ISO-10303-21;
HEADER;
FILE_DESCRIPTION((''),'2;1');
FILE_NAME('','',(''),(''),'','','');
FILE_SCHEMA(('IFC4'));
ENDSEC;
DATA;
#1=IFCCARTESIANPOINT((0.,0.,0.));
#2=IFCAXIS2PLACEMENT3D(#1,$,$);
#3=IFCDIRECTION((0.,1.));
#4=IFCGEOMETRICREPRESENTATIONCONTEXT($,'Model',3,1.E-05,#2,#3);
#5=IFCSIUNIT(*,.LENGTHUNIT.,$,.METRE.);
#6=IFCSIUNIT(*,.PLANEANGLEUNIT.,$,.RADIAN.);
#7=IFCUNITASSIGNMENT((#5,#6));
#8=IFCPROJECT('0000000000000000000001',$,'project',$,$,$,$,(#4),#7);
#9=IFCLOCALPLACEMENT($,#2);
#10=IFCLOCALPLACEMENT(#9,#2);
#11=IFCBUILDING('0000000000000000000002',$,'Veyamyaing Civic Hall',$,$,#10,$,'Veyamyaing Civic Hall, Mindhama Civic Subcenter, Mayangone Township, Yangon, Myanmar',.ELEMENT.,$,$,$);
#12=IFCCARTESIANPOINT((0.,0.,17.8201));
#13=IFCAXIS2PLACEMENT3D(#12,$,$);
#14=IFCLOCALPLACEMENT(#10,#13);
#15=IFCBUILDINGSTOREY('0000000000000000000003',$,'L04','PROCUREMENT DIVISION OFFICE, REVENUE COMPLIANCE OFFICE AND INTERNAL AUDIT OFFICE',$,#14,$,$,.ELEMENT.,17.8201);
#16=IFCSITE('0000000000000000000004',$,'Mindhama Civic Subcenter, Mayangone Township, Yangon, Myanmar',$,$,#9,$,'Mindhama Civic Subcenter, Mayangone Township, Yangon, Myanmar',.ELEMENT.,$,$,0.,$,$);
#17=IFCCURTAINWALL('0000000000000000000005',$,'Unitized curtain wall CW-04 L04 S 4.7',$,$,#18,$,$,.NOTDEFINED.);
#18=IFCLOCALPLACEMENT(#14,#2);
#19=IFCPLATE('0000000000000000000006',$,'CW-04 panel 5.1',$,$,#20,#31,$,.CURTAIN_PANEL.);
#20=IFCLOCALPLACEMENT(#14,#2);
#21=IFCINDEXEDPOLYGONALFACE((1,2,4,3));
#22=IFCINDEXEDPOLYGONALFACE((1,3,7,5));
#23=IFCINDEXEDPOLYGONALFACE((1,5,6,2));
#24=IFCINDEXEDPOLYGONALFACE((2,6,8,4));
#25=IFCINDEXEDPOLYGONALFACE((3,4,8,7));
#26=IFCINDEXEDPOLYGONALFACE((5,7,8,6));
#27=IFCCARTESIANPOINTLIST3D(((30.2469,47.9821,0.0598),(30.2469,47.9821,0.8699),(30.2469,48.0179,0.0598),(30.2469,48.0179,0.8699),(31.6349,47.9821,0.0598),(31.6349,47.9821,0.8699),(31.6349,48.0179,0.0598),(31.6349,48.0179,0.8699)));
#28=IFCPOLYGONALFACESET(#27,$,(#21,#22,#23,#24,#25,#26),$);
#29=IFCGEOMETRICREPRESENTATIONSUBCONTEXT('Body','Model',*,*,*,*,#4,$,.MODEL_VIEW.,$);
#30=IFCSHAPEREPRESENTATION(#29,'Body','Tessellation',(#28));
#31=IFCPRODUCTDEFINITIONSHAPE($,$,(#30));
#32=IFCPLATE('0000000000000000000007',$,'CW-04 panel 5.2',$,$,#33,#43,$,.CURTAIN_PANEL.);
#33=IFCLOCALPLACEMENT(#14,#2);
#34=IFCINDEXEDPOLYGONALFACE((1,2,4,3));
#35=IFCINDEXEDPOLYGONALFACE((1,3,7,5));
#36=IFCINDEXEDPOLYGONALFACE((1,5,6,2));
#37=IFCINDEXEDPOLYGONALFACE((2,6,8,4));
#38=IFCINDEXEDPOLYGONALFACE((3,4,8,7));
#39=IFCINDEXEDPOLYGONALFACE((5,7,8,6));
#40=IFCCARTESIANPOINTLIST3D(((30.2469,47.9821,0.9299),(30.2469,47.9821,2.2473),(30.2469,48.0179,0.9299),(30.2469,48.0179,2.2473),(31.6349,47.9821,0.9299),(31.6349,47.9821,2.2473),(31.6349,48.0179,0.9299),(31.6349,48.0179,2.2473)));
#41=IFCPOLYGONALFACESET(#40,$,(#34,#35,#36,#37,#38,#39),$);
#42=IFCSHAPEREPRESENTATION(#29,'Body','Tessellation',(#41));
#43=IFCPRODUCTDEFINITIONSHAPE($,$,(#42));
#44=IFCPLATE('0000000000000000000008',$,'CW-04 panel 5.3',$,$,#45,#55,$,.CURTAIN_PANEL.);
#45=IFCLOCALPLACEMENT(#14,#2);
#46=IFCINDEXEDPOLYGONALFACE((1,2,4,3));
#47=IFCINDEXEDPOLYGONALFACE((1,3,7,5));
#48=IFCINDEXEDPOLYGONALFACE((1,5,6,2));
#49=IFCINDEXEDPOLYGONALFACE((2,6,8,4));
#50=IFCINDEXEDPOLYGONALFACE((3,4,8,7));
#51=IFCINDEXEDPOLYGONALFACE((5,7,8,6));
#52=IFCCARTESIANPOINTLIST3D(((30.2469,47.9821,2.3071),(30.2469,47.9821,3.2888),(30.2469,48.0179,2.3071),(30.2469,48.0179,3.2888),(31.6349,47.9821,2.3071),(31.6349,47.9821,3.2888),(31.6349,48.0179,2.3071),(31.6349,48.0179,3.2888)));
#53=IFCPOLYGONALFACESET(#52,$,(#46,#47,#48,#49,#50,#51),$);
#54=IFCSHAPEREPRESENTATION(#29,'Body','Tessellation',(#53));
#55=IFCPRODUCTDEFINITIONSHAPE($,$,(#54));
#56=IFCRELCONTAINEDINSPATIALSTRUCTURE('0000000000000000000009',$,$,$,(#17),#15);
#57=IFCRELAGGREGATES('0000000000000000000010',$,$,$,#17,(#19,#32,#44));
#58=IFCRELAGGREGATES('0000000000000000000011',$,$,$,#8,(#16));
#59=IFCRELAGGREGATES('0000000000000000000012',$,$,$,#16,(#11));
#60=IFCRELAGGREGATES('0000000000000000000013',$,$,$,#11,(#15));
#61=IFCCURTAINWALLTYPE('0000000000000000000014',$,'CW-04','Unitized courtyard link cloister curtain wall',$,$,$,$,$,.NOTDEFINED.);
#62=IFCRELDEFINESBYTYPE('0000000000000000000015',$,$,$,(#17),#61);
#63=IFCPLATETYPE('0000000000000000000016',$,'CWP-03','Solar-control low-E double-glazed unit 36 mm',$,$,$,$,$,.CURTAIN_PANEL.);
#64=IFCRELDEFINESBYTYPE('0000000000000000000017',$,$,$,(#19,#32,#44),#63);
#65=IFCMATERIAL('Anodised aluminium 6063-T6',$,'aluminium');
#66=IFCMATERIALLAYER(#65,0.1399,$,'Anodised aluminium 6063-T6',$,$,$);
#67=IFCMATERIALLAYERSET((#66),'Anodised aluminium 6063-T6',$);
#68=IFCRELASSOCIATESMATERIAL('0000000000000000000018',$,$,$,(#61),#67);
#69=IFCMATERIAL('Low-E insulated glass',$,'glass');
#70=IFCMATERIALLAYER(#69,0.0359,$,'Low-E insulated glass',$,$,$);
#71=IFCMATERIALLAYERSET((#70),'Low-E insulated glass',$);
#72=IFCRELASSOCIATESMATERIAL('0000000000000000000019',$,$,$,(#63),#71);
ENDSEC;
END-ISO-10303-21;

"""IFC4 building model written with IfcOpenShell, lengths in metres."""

from ifc_helpers import new_model, si_unit, direction, frame, origin, origin_2d, place, context, subcontext, project, spatial, rectangle, extrude, material, layer, layer_set, type_object, element, aggregate, save


model = new_model("IFC4")

# Units and contexts
model_context = context("Model", 3, precision=1e-05, world=origin(), true_north=direction((0.0, 1.0)))
body_context = subcontext(model_context, "Body", "Model", "MODEL_VIEW")
ifc_project = project(units=[si_unit("LENGTHUNIT", "METRE"), si_unit("PLANEANGLEUNIT", "RADIAN")], contexts=[model_context])

# Site, building, storey
site_placement = place(None, origin())
site = spatial("IfcSite", under=ifc_project, at=site_placement, Name="Mindhama Civic Subcenter, Mayangone Township, Yangon, Myanmar", LongName="Mindhama Civic Subcenter, Mayangone Township, Yangon, Myanmar", CompositionType="ELEMENT", RefElevation=0.0)
building_placement = place(site_placement, origin())
building = spatial("IfcBuilding", under=site, at=building_placement, Name="Veyamyaing Civic Hall", LongName="Veyamyaing Civic Hall, Mindhama Civic Subcenter, Mayangone Township, Yangon, Myanmar", CompositionType="ELEMENT")
storey_placement = place(building_placement, frame((0.0, 0.0, 17.8201)))
storey = spatial("IfcBuildingStorey", under=building, at=storey_placement, Name="L04", Description="PROCUREMENT DIVISION OFFICE, REVENUE COMPLIANCE OFFICE AND INTERNAL AUDIT OFFICE", CompositionType="ELEMENT", Elevation=17.8201)

# Curtain wall
ifc_material_1 = material(Name="Anodised aluminium 6063-T6", Category="aluminium")
ifc_layer_1 = layer(ifc_material_1, 0.1399, Name="Anodised aluminium 6063-T6")
ifc_layer_set_1 = layer_set([ifc_layer_1], Name="Anodised aluminium 6063-T6")
curtain_wall_type = type_object("IfcCurtainWallType", Name="CW-04", Description="Unitized courtyard link cloister curtain wall", PredefinedType="NOTDEFINED", material=ifc_layer_set_1)
curtain_wall_1_placement = place(storey_placement, origin())
curtain_wall_1 = element("IfcCurtainWall", 1, at=curtain_wall_1_placement, inside=storey, type_object=curtain_wall_type, Name="Unitized curtain wall CW-04 L04 S 4.7", PredefinedType="NOTDEFINED")

# Plates
ifc_material_2 = material(Name="Low-E insulated glass", Category="glass")
ifc_layer_2 = layer(ifc_material_2, 0.0359, Name="Low-E insulated glass")
ifc_layer_set_2 = layer_set([ifc_layer_2], Name="Low-E insulated glass")
plate_type = type_object("IfcPlateType", Name="CWP-03", Description="Solar-control low-E double-glazed unit 36 mm", PredefinedType="CURTAIN_PANEL", material=ifc_layer_set_2)
plate_1_placement = place(storey_placement, frame((30.9409, 48.0, 0.0598), z_axis=(0.0, 0.0, 1.0), x_axis=(1.0, 0.0, 0.0)))
plate_1 = element("IfcPlate", 2, at=plate_1_placement, type_object=plate_type, Name="CW-04 panel 5.1", PredefinedType="CURTAIN_PANEL", context=body_context, shape_type="SweptSolid", body=[
    extrude(rectangle(XDim=1.3879, YDim=0.0359, at=origin_2d()), origin(), (0.0, 0.0, 1.0), 0.8101),
])
plate_2_placement = place(storey_placement, frame((30.9409, 48.0, 0.9299), z_axis=(0.0, 0.0, 1.0), x_axis=(1.0, 0.0, 0.0)))
plate_2 = element("IfcPlate", 3, at=plate_2_placement, type_object=plate_type, Name="CW-04 panel 5.2", PredefinedType="CURTAIN_PANEL", context=body_context, shape_type="SweptSolid", body=[
    extrude(rectangle(XDim=1.3879, YDim=0.0359, at=origin_2d()), origin(), (0.0, 0.0, 1.0), 1.3174),
])
plate_3_placement = place(storey_placement, frame((30.9409, 48.0, 2.3071), z_axis=(0.0, 0.0, 1.0), x_axis=(1.0, 0.0, 0.0)))
plate_3 = element("IfcPlate", 4, at=plate_3_placement, type_object=plate_type, Name="CW-04 panel 5.3", PredefinedType="CURTAIN_PANEL", context=body_context, shape_type="SweptSolid", body=[
    extrude(rectangle(XDim=1.3879, YDim=0.0359, at=origin_2d()), origin(), (0.0, 0.0, 1.0), 0.9817),
])
aggregate(curtain_wall_1, [plate_1, plate_2, plate_3])

save(model, "model.ifc")
